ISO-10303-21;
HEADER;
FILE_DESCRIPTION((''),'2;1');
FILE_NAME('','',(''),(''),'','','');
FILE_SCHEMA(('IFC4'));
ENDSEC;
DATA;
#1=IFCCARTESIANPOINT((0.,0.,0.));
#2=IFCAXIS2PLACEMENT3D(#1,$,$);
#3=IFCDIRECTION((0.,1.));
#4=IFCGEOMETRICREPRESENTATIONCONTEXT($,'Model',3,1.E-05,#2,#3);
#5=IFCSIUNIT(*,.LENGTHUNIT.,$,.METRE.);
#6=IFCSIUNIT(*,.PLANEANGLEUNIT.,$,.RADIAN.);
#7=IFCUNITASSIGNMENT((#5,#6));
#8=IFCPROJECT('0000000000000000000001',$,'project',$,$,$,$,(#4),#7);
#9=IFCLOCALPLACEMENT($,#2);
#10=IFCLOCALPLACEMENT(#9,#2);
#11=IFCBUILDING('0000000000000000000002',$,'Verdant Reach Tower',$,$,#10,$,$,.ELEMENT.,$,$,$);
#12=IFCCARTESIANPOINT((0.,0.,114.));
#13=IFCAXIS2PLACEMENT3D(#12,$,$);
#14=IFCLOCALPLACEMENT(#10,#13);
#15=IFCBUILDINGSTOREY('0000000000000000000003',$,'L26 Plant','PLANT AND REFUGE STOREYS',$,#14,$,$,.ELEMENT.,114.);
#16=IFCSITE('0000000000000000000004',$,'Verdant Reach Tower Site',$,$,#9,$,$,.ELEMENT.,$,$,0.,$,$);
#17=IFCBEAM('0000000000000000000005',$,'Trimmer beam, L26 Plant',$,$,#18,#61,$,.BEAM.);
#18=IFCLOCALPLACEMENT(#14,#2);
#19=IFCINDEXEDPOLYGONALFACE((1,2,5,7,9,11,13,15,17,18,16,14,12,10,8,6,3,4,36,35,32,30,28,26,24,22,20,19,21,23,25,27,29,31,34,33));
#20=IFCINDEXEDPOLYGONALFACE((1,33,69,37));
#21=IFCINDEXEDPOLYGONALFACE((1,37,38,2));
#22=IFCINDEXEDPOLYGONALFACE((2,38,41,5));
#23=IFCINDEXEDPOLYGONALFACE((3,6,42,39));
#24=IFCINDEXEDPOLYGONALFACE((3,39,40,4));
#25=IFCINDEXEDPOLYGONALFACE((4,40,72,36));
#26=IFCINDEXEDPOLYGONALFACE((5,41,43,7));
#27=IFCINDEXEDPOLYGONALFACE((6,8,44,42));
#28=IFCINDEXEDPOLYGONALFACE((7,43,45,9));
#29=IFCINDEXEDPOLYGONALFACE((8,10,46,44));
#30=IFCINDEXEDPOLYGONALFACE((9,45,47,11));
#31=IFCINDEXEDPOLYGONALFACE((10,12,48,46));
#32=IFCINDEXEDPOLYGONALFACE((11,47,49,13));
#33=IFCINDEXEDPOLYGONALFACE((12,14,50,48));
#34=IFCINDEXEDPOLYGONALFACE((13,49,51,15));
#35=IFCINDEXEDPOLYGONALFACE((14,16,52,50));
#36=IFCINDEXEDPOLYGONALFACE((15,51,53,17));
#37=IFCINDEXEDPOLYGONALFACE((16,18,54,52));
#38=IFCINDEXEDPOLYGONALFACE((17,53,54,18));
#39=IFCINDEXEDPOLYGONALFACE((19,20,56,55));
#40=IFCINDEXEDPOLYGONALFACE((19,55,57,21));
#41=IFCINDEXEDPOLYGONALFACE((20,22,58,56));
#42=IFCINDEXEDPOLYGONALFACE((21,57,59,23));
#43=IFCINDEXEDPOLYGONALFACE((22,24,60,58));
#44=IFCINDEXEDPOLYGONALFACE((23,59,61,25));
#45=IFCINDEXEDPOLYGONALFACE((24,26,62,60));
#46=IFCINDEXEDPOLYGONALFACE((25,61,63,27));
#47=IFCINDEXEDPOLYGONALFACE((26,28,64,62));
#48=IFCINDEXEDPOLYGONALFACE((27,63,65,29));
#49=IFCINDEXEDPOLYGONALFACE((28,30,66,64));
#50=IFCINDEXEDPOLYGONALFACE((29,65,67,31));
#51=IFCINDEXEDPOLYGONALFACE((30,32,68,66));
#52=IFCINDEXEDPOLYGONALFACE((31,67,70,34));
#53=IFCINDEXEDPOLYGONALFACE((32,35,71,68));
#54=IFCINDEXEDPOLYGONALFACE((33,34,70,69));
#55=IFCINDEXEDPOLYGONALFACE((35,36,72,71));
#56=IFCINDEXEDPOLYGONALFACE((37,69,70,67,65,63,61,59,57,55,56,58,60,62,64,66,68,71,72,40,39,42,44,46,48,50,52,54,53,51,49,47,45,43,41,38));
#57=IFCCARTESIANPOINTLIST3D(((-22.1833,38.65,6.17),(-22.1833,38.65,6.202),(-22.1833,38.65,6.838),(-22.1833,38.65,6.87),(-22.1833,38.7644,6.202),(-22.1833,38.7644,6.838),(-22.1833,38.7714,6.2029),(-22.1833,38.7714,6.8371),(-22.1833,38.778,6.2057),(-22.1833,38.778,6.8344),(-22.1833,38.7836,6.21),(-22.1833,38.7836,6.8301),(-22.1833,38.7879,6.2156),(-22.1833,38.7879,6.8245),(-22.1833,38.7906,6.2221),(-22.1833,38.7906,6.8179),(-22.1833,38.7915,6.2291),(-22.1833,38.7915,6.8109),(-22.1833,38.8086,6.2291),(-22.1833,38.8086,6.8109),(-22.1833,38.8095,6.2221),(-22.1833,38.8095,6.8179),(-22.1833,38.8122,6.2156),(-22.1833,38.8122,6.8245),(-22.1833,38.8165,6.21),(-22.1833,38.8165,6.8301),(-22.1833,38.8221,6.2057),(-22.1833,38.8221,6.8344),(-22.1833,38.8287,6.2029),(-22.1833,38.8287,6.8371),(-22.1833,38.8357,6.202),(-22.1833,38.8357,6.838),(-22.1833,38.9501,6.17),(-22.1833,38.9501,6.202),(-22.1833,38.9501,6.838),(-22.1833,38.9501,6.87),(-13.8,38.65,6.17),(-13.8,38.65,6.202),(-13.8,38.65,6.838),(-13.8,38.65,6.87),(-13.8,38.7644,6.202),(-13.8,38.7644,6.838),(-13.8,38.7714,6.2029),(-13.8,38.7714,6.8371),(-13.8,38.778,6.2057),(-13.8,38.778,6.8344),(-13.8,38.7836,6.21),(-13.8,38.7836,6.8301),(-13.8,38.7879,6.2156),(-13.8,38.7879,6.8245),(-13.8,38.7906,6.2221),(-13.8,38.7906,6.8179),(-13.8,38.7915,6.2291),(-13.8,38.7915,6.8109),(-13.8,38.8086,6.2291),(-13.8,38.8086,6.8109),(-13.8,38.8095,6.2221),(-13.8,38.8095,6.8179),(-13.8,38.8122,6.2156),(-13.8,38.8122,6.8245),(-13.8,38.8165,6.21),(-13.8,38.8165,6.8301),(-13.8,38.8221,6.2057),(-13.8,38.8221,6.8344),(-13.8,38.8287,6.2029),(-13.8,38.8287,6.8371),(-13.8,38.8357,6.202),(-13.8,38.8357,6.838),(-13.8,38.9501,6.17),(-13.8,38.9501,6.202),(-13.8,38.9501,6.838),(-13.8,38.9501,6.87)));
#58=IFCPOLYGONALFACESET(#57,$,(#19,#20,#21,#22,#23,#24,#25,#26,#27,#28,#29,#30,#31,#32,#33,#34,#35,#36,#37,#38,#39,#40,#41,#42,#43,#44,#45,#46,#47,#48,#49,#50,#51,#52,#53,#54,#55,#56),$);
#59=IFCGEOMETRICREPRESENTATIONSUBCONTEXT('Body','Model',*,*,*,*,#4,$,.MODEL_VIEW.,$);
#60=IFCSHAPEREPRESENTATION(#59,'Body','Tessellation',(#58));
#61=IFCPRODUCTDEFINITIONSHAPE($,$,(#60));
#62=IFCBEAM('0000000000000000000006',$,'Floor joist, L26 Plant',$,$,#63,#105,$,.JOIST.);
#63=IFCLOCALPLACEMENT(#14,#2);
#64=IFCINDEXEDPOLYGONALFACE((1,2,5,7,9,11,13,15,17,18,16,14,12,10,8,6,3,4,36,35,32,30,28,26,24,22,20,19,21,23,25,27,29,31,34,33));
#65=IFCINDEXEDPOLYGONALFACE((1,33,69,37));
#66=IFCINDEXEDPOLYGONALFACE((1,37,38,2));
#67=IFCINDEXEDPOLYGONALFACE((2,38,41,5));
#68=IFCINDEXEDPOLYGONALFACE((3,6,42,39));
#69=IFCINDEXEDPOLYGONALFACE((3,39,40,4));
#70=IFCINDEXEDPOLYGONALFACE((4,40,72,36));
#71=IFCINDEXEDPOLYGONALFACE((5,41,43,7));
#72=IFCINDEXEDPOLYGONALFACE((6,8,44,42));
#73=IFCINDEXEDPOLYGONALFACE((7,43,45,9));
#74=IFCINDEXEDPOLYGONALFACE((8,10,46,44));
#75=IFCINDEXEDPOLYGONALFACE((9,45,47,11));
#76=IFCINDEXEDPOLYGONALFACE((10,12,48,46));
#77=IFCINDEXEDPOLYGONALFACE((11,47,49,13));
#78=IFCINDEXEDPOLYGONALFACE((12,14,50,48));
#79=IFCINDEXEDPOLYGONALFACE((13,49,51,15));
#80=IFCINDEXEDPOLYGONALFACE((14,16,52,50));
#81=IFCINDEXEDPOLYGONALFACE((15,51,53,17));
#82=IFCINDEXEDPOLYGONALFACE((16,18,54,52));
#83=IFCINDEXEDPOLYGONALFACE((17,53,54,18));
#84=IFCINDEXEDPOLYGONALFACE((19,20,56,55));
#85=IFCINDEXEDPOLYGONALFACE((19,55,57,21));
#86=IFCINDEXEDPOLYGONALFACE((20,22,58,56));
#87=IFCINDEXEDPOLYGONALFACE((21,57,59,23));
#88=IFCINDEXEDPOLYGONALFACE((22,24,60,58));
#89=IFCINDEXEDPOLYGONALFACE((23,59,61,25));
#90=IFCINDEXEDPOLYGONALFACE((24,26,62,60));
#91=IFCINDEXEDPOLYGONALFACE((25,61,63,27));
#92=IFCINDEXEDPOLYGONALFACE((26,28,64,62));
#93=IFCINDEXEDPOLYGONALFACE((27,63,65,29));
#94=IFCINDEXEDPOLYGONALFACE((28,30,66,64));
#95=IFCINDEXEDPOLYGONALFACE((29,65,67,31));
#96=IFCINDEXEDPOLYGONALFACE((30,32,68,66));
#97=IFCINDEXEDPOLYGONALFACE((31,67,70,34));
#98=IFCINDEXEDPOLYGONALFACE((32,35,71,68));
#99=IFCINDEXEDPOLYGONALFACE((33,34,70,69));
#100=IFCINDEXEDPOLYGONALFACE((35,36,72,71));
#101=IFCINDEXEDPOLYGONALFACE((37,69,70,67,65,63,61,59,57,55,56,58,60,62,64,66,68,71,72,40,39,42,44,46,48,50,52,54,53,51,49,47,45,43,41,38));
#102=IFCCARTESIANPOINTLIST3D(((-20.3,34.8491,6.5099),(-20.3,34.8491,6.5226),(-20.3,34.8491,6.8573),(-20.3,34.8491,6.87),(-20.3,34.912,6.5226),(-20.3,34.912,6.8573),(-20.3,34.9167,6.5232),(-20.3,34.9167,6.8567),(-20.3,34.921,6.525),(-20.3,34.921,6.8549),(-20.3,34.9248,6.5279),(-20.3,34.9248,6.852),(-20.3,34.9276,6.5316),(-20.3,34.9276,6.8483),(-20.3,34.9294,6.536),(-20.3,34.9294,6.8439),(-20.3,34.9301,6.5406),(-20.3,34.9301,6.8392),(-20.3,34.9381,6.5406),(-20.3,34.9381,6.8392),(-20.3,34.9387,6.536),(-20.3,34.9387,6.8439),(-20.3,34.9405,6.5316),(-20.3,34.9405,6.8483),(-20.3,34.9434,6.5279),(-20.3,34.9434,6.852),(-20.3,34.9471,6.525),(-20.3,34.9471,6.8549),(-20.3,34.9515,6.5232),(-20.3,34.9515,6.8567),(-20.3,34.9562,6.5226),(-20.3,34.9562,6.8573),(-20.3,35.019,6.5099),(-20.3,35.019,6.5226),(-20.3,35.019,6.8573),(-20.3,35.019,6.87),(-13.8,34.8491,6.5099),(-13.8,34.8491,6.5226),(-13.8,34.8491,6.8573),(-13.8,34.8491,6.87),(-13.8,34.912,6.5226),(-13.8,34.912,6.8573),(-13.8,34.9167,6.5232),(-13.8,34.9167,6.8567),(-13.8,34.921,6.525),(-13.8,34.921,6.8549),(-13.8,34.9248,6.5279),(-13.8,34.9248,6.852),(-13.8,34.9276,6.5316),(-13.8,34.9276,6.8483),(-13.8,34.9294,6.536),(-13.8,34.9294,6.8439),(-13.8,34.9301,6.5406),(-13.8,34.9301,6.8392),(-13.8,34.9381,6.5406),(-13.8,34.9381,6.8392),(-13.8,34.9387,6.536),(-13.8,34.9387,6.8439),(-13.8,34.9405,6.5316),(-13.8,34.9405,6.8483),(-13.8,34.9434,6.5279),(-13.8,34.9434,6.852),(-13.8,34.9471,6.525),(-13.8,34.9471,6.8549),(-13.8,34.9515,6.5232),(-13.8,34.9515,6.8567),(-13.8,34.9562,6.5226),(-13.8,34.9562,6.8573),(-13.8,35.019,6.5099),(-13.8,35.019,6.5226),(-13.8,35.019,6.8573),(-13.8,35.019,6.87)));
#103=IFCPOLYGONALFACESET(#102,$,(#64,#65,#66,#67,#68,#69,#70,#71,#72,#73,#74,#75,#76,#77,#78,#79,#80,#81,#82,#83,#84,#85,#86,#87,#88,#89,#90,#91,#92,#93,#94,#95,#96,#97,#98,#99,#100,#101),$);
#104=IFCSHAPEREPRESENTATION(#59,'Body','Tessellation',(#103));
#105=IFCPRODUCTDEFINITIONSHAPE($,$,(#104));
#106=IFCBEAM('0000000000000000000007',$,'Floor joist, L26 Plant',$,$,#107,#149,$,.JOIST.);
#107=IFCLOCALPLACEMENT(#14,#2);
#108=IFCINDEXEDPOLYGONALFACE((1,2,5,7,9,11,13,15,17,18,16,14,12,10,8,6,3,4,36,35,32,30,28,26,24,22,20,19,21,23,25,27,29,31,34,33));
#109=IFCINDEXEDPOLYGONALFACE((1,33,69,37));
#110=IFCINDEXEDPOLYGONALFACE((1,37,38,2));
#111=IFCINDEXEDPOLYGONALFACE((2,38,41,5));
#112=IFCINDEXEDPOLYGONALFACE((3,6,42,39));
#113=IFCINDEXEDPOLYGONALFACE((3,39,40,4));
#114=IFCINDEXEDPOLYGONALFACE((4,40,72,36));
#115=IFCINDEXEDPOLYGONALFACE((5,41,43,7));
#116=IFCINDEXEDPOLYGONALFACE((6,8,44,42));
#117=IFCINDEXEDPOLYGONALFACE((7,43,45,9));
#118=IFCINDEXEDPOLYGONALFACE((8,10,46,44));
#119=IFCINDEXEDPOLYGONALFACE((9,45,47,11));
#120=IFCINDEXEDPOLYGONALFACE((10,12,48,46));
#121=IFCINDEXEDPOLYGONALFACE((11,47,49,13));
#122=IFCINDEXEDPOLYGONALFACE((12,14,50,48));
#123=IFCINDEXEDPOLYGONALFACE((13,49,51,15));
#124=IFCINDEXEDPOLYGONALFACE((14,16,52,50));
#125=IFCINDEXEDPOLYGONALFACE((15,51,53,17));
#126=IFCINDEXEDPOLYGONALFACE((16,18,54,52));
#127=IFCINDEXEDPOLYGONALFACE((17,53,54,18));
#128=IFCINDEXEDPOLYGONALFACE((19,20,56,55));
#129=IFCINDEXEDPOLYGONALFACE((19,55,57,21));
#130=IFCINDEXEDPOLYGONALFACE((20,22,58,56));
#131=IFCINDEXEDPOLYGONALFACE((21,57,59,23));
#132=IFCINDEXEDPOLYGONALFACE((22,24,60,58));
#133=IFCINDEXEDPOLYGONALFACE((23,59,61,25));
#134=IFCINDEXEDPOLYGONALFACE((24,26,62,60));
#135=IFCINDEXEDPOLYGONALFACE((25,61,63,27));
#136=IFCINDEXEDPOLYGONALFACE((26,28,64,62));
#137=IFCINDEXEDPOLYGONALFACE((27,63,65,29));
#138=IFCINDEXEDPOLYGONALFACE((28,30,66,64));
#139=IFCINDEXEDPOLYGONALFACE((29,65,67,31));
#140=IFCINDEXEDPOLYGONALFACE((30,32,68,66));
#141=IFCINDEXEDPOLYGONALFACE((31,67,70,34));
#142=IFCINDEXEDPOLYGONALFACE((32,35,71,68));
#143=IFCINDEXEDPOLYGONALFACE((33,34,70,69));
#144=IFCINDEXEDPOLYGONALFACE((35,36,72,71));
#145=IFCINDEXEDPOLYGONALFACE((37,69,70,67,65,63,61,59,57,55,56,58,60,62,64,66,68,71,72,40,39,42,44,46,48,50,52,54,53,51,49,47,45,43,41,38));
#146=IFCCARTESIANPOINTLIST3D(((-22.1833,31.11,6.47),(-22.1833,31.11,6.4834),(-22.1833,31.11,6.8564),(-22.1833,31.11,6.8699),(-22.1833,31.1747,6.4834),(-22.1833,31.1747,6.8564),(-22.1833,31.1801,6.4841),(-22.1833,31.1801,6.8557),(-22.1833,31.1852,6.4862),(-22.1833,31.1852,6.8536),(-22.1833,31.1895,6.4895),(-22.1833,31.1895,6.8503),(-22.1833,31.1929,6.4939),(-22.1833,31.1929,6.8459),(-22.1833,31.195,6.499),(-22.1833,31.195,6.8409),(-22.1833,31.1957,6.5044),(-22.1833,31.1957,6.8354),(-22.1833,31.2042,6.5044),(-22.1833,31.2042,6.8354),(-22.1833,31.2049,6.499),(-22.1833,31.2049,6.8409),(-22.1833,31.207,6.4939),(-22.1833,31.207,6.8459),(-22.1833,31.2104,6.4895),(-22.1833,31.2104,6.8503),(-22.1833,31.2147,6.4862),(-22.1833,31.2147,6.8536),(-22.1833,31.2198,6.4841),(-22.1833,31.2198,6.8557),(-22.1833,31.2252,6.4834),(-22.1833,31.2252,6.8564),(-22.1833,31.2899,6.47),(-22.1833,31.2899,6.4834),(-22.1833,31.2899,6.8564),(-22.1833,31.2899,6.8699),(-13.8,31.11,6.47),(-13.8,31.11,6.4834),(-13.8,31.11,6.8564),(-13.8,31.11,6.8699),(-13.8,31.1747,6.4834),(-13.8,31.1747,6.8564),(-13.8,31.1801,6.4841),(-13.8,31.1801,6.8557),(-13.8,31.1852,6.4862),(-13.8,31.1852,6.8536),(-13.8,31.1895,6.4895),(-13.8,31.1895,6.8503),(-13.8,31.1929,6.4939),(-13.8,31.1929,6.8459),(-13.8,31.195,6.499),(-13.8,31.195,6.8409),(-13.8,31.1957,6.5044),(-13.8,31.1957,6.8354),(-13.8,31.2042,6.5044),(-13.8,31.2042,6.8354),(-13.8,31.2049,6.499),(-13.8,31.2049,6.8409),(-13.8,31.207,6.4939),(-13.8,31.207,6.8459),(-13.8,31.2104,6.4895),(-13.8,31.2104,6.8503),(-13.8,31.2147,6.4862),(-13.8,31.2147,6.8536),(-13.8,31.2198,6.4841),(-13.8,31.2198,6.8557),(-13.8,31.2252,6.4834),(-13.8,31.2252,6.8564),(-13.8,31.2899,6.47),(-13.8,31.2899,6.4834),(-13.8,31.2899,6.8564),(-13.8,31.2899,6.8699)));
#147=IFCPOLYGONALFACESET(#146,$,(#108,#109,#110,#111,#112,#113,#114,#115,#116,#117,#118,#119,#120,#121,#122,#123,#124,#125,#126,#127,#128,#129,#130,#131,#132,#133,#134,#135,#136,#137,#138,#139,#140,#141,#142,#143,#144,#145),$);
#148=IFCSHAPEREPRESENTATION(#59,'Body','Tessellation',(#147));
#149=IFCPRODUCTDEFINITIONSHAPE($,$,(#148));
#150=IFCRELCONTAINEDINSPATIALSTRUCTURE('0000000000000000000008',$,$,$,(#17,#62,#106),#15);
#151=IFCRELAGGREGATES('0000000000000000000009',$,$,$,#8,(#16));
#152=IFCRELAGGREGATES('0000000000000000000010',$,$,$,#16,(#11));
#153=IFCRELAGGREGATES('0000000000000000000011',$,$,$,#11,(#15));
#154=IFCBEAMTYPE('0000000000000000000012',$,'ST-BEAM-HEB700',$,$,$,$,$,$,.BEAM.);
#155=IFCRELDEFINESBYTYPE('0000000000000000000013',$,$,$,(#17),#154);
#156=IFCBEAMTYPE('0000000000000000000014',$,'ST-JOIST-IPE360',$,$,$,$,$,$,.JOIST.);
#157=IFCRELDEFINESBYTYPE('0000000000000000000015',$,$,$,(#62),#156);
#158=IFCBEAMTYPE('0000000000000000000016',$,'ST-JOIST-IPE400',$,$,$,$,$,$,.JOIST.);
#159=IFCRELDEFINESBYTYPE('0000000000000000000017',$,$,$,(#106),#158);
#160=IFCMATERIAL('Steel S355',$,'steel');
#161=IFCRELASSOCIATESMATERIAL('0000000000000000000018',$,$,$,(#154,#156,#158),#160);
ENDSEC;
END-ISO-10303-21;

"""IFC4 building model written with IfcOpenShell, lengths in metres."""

from ifc_helpers import new_model, si_unit, direction, frame, origin, origin_2d, place, context, subcontext, project, spatial, i_section, extrude, material, material_profile, profile_set, type_object, element, save


model = new_model("IFC4")

# Units and contexts
model_context = context("Model", 3, precision=1e-05, world=origin(), true_north=direction((0.0, 1.0)))
body_context = subcontext(model_context, "Body", "Model", "MODEL_VIEW")
ifc_project = project(units=[si_unit("LENGTHUNIT", "METRE"), si_unit("PLANEANGLEUNIT", "RADIAN")], contexts=[model_context])

# Site, building, storey
site_placement = place(None, origin())
site = spatial("IfcSite", under=ifc_project, at=site_placement, Name="Verdant Reach Tower Site", CompositionType="ELEMENT", RefElevation=0.0)
building_placement = place(site_placement, origin())
building = spatial("IfcBuilding", under=site, at=building_placement, Name="Verdant Reach Tower", CompositionType="ELEMENT")
storey_placement = place(building_placement, frame((0.0, 0.0, 114.0)))
storey = spatial("IfcBuildingStorey", under=building, at=storey_placement, Name="L26 Plant", Description="PLANT AND REFUGE STOREYS", CompositionType="ELEMENT", Elevation=114.0)

# Beams
ifc_material_1 = material(Name="Steel S355", Category="steel")
ifc_material_profile_1 = material_profile(ifc_material_1, i_section(OverallWidth=0.3, OverallDepth=0.7, WebThickness=0.0171, FlangeThickness=0.032, FilletRadius=0.0271, at=origin_2d()), Name="HEB 700")
ifc_profile_set_1 = profile_set([ifc_material_profile_1], Name="Steel S355")
beam_type_1 = type_object("IfcBeamType", Name="ST-BEAM-HEB700", PredefinedType="BEAM", material=ifc_profile_set_1)
beam_1_placement = place(storey_placement, frame((-13.8, 38.8, 6.52), z_axis=(-1.0, 0.0, 0.0), x_axis=(0.0, -1.0, 0.0)))
element("IfcBeam", 1, at=beam_1_placement, inside=storey, type_object=beam_type_1, Name="Trimmer beam, L26 Plant", PredefinedType="BEAM", context=body_context, shape_type="SweptSolid", body=[
    extrude(i_section(OverallWidth=0.3, OverallDepth=0.7, WebThickness=0.0171, FlangeThickness=0.032, FilletRadius=0.0271, at=origin_2d()), origin(), (0.0, 0.0, 1.0), 8.3833),
])
ifc_material_profile_2 = material_profile(ifc_material_1, i_section(OverallWidth=0.1699, OverallDepth=0.3601, WebThickness=0.0081, FlangeThickness=0.0127, FilletRadius=0.0181, at=origin_2d()), Name="IPE 360")
ifc_profile_set_2 = profile_set([ifc_material_profile_2], Name="Steel S355")
beam_type_2 = type_object("IfcBeamType", Name="ST-JOIST-IPE360", PredefinedType="JOIST", material=ifc_profile_set_2)
beam_2_placement = place(storey_placement, frame((-13.8, 34.9341, 6.6899), z_axis=(-1.0, 0.0, 0.0), x_axis=(0.0, -1.0, 0.0)))
element("IfcBeam", 2, at=beam_2_placement, inside=storey, type_object=beam_type_2, Name="Floor joist, L26 Plant", PredefinedType="JOIST", context=body_context, shape_type="SweptSolid", body=[
    extrude(i_section(OverallWidth=0.1699, OverallDepth=0.3601, WebThickness=0.0081, FlangeThickness=0.0127, FilletRadius=0.0181, at=origin_2d()), origin(), (0.0, 0.0, 1.0), 6.5),
])
ifc_material_profile_3 = material_profile(ifc_material_1, i_section(OverallWidth=0.1799, OverallDepth=0.3999, WebThickness=0.0085, FlangeThickness=0.0134, FilletRadius=0.021, at=origin_2d()), Name="IPE 400")
ifc_profile_set_3 = profile_set([ifc_material_profile_3], Name="Steel S355")
beam_type_3 = type_object("IfcBeamType", Name="ST-JOIST-IPE400", PredefinedType="JOIST", material=ifc_profile_set_3)
beam_3_placement = place(storey_placement, frame((-13.8, 31.2, 6.6699), z_axis=(-1.0, 0.0, 0.0), x_axis=(0.0, -1.0, 0.0)))
element("IfcBeam", 3, at=beam_3_placement, inside=storey, type_object=beam_type_3, Name="Floor joist, L26 Plant", PredefinedType="JOIST", context=body_context, shape_type="SweptSolid", body=[
    extrude(i_section(OverallWidth=0.1799, OverallDepth=0.3999, WebThickness=0.0085, FlangeThickness=0.0134, FilletRadius=0.021, at=origin_2d()), origin(), (0.0, 0.0, 1.0), 8.3833),
])

save(model, "model.ifc")
